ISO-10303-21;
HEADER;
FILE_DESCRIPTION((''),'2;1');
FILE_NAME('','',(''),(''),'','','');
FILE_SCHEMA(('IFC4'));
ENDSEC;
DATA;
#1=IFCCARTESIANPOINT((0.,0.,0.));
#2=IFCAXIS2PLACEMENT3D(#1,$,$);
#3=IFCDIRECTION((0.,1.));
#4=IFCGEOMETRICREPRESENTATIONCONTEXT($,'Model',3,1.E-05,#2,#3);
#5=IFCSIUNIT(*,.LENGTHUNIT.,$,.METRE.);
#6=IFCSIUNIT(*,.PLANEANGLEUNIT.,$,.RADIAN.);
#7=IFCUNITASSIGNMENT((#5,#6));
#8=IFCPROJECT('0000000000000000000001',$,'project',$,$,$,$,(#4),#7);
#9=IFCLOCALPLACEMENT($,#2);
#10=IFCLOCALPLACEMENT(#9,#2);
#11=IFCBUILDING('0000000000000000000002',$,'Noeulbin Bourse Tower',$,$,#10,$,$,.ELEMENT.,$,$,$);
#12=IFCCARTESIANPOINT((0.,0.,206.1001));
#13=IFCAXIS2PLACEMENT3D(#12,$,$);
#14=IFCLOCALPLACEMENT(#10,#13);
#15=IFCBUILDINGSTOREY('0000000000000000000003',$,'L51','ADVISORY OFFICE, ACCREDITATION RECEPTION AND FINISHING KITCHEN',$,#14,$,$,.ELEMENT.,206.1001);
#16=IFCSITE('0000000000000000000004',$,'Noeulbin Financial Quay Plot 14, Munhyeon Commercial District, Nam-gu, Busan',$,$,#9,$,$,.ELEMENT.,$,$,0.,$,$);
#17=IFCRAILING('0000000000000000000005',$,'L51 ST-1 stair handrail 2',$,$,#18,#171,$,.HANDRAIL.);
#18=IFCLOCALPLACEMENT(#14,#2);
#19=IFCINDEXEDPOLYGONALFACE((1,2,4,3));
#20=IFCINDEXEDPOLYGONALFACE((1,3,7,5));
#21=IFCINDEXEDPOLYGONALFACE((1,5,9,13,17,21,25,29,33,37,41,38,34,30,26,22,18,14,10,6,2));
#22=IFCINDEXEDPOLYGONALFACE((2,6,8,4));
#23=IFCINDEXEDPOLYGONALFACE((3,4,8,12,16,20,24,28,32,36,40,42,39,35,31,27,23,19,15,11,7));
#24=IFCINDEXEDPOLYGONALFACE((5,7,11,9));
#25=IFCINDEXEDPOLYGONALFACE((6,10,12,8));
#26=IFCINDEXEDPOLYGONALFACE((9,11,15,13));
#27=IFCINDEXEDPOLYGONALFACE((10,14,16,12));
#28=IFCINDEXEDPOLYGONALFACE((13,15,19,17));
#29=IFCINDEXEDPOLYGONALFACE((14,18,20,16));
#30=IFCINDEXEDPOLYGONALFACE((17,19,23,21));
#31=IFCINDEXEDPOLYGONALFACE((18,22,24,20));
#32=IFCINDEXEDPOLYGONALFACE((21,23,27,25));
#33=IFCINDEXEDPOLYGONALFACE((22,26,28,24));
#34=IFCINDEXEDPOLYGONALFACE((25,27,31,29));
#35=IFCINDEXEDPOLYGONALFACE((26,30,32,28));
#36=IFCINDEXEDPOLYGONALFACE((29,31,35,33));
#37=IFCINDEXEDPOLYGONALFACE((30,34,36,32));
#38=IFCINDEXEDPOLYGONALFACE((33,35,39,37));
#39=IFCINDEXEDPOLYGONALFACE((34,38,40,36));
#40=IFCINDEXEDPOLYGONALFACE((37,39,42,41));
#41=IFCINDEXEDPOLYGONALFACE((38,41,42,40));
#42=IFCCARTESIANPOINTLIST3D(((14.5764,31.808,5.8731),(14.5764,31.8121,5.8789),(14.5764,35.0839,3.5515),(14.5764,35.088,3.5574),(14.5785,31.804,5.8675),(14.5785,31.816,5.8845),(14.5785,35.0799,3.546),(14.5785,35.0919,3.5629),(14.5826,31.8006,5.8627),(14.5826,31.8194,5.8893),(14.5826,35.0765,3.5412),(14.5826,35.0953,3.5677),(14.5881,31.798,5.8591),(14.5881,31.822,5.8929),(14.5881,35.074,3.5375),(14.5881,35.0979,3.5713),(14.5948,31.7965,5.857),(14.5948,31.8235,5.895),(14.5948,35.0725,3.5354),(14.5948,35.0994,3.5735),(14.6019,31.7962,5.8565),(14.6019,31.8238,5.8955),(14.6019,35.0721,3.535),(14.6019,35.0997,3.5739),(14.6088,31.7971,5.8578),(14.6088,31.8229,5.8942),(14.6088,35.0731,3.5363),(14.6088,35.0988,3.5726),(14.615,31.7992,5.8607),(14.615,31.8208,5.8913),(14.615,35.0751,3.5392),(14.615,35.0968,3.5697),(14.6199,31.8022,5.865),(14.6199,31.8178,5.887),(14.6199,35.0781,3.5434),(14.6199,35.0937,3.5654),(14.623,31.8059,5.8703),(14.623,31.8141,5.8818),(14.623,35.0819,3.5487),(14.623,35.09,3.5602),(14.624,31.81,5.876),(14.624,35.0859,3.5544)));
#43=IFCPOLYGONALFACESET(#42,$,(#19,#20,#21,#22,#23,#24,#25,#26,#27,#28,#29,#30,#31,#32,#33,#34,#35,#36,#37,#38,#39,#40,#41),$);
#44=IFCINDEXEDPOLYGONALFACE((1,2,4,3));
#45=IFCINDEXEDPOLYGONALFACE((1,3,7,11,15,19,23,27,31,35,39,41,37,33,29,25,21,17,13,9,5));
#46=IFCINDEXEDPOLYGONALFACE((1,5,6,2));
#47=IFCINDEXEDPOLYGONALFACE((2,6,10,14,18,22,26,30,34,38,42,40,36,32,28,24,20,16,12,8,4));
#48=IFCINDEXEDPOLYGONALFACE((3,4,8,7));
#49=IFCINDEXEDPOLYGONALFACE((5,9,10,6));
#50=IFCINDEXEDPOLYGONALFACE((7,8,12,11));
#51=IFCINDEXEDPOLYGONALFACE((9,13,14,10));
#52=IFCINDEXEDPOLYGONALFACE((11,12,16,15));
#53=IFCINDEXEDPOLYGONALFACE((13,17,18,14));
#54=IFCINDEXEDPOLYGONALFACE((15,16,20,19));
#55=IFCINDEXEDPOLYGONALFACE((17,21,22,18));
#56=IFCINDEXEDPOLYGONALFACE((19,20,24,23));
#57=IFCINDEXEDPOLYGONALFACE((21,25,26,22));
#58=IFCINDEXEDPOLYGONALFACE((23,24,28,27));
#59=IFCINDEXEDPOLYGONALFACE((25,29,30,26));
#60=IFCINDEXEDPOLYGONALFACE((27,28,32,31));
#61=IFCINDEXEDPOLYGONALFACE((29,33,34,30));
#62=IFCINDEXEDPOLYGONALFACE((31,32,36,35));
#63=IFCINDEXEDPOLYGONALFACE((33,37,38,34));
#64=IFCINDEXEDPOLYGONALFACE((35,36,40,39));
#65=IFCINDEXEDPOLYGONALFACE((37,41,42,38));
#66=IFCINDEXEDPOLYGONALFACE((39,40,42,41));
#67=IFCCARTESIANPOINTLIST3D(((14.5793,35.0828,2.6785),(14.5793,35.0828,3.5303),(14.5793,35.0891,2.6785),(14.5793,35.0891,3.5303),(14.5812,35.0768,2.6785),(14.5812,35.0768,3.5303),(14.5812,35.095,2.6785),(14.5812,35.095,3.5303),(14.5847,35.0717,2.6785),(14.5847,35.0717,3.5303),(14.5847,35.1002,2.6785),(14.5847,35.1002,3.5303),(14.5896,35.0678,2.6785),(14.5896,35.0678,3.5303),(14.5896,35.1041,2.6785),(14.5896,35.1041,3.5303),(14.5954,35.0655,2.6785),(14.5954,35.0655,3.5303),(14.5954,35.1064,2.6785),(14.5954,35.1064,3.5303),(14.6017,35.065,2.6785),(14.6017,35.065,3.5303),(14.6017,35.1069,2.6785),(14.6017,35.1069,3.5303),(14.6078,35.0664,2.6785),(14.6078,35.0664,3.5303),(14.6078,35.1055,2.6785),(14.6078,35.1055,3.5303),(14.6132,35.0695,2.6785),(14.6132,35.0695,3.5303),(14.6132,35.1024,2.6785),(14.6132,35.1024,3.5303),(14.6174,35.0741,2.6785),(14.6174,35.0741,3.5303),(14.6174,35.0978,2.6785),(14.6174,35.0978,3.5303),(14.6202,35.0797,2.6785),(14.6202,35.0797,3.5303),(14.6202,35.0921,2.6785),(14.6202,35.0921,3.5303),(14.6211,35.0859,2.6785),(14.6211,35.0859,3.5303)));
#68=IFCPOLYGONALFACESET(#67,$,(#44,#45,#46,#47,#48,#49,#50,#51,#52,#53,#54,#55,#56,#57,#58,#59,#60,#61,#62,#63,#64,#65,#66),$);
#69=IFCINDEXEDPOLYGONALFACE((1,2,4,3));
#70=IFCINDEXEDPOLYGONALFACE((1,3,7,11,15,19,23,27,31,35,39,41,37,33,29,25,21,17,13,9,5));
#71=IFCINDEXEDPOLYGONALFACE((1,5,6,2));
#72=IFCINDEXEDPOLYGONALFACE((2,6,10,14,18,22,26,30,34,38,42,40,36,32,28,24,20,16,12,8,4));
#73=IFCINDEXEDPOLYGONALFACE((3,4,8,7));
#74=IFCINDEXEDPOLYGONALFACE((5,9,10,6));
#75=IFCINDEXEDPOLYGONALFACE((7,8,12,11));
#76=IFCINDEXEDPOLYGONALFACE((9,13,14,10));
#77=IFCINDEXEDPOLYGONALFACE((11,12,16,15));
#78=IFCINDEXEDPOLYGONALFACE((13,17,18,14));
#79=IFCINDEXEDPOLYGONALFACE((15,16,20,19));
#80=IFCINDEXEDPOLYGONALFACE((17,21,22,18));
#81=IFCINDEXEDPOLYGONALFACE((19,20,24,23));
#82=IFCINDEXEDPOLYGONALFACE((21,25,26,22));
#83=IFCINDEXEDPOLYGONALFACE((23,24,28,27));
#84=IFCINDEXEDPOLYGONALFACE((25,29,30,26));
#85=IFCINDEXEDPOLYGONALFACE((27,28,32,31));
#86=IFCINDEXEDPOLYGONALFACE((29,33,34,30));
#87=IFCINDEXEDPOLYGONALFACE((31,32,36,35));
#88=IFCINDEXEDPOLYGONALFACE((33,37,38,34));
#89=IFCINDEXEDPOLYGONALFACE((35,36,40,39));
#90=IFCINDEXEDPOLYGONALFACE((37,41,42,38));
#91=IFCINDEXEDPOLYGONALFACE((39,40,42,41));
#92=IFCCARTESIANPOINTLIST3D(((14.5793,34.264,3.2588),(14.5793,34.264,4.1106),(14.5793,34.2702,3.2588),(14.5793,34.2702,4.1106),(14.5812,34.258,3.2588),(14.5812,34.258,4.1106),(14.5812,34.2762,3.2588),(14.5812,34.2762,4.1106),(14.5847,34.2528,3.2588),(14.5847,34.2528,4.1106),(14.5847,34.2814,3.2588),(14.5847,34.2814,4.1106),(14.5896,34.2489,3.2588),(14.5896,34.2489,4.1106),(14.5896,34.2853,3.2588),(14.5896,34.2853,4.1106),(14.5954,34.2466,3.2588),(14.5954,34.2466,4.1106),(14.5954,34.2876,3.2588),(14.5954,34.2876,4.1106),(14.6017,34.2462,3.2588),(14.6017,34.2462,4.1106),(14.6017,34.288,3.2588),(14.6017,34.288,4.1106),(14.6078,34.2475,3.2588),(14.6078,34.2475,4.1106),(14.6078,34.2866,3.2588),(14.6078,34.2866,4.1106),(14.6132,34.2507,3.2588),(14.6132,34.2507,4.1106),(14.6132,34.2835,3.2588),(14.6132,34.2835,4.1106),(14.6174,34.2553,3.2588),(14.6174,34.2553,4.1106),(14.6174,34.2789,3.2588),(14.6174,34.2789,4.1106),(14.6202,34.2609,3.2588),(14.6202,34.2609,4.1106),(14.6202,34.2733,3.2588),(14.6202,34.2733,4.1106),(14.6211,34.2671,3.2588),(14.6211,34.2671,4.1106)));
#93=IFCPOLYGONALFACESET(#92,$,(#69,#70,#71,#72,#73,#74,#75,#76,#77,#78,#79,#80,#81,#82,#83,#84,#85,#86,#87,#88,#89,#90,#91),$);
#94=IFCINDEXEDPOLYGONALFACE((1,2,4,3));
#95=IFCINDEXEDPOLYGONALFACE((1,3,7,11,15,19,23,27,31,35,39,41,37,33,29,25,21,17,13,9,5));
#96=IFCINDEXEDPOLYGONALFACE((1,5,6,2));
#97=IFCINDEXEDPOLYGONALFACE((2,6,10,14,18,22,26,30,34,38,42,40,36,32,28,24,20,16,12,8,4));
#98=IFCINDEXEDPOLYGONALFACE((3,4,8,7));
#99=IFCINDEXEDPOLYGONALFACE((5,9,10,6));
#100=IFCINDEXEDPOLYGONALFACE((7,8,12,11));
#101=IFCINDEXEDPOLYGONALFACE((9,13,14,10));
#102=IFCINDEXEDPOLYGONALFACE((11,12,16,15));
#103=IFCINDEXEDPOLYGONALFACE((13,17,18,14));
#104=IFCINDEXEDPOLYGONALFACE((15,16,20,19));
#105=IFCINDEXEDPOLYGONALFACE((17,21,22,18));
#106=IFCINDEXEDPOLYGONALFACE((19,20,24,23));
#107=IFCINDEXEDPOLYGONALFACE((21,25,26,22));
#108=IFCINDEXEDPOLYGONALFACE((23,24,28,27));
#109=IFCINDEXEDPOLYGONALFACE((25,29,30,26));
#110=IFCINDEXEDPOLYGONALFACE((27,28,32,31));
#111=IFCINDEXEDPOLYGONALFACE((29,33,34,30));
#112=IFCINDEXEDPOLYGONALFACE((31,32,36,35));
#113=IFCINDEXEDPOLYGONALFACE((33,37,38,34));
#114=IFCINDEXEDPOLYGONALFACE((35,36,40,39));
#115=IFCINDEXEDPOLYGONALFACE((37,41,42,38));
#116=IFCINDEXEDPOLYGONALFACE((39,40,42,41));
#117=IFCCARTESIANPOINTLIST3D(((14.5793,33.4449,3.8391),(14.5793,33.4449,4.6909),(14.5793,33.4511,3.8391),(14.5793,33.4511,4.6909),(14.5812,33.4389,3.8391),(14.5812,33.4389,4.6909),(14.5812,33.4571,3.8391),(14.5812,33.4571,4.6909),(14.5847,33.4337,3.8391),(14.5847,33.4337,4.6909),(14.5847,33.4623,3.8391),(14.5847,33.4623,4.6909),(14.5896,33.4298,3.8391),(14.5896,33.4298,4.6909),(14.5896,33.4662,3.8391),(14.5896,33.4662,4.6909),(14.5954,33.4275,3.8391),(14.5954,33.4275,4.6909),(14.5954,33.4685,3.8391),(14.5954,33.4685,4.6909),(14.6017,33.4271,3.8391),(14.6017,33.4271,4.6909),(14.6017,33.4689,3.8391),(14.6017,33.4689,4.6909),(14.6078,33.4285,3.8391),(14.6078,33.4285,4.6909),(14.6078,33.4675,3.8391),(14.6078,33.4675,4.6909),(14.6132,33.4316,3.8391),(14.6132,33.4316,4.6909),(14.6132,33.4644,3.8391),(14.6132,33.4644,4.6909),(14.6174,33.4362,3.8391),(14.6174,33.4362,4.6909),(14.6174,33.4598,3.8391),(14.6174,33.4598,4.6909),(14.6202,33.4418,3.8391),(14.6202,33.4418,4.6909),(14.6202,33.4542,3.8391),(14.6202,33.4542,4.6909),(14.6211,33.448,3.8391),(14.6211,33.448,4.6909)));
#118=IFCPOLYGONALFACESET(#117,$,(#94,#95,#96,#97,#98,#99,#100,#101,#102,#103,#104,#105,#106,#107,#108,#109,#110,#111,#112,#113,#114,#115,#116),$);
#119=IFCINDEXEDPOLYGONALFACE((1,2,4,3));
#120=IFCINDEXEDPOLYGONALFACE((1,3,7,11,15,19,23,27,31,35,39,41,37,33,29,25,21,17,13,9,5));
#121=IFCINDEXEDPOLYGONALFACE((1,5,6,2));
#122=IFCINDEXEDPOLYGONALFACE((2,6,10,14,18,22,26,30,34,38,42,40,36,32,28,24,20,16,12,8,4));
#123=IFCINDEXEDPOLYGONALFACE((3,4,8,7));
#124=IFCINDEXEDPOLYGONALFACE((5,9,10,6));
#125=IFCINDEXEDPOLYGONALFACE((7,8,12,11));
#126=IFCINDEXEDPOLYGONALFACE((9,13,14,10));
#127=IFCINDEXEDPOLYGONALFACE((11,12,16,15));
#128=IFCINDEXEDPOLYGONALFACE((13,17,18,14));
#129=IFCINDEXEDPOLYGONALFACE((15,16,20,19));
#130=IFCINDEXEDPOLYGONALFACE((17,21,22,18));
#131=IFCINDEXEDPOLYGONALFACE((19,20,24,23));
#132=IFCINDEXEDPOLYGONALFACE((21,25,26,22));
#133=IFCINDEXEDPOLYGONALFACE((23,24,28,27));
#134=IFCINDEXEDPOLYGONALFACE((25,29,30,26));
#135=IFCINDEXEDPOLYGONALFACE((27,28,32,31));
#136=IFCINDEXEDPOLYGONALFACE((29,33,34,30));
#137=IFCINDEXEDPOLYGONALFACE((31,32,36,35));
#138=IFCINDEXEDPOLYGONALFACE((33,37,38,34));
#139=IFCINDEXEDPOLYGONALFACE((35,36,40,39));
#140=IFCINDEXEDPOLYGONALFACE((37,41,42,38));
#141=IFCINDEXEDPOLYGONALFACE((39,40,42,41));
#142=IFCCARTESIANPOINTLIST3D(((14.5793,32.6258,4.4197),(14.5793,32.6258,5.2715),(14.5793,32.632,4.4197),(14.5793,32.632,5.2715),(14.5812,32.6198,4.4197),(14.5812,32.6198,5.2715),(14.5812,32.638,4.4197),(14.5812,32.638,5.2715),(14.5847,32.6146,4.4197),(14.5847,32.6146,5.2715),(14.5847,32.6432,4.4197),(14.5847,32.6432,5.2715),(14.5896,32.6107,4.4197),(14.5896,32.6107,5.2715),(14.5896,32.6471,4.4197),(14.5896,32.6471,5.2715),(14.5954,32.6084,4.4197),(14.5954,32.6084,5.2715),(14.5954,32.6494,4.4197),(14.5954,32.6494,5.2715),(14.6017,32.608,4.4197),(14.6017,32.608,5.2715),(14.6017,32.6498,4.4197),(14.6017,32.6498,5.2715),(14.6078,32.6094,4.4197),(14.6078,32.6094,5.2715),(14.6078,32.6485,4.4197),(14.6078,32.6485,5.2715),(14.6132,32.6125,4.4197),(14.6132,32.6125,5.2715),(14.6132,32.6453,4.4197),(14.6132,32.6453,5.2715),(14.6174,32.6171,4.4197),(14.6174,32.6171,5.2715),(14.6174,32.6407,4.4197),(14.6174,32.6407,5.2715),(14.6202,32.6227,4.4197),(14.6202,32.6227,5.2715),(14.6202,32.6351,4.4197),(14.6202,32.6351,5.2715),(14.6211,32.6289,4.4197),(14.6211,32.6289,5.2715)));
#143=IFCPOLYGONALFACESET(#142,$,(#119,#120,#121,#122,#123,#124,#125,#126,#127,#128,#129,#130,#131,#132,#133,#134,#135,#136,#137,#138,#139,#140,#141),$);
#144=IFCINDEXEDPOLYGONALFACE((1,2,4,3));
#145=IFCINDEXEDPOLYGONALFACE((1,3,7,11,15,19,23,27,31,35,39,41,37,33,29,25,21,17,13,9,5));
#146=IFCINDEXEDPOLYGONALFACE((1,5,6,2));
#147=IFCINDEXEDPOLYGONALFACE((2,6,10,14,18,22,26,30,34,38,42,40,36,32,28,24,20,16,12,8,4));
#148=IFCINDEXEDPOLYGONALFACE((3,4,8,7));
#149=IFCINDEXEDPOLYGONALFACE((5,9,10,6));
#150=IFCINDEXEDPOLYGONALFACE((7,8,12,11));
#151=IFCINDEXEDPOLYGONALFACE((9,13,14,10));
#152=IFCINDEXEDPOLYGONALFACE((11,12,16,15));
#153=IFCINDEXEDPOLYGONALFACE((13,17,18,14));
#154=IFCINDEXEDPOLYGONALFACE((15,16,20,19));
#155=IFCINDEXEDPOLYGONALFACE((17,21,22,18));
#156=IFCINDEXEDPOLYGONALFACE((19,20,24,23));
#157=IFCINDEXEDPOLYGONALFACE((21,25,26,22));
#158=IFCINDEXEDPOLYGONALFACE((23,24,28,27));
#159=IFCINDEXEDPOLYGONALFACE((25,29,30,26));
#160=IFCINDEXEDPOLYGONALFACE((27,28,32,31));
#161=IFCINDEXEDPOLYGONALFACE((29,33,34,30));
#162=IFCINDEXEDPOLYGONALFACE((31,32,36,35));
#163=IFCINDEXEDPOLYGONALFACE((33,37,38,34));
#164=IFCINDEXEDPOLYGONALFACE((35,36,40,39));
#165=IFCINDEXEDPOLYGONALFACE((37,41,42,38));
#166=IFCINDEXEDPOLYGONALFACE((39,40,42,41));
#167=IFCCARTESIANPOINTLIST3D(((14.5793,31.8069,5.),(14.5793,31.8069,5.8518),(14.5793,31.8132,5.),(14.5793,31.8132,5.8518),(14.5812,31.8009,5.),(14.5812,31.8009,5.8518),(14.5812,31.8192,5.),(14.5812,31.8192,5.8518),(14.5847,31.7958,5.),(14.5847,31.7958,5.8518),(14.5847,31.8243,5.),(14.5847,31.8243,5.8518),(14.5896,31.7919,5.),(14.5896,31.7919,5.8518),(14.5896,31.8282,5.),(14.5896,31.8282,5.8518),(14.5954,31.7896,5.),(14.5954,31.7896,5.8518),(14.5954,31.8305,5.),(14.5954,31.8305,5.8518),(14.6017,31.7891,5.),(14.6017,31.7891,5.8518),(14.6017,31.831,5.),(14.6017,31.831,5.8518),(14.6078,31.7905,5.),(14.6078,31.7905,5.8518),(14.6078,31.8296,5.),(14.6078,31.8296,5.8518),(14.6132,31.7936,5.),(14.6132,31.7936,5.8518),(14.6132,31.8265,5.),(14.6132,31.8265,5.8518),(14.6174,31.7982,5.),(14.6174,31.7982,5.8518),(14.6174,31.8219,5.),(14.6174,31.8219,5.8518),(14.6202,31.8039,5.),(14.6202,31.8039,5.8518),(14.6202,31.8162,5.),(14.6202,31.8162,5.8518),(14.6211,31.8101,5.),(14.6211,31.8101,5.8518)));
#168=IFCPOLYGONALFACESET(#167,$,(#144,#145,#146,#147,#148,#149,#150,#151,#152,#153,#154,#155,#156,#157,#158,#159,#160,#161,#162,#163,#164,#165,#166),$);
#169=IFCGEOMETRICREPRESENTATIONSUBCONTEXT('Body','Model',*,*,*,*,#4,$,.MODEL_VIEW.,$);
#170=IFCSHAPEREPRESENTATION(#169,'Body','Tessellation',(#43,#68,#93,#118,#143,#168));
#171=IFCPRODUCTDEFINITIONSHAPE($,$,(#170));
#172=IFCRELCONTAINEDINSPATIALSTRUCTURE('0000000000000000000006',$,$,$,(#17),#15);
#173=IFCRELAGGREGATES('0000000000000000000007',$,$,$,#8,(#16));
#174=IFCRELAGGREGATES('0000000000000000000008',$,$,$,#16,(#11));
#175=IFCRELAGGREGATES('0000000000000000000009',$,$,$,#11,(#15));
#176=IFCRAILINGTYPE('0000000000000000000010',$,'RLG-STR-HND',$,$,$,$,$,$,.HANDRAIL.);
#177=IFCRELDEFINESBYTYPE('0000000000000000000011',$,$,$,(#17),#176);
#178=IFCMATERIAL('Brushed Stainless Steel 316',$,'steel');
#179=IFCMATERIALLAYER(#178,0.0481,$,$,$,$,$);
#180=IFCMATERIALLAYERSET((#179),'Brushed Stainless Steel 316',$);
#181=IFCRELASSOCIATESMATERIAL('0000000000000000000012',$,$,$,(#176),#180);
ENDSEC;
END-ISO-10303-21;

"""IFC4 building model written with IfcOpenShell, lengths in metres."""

from ifc_helpers import new_model, si_unit, direction, frame, origin, origin_2d, place, context, subcontext, project, spatial, circle, extrude, material, layer, layer_set, type_object, element, save


model = new_model("IFC4")

# Units and contexts
model_context = context("Model", 3, precision=1e-05, world=origin(), true_north=direction((0.0, 1.0)))
body_context = subcontext(model_context, "Body", "Model", "MODEL_VIEW")
ifc_project = project(units=[si_unit("LENGTHUNIT", "METRE"), si_unit("PLANEANGLEUNIT", "RADIAN")], contexts=[model_context])

# Site, building, storey
site_placement = place(None, origin())
site = spatial("IfcSite", under=ifc_project, at=site_placement, Name="Noeulbin Financial Quay Plot 14, Munhyeon Commercial District, Nam-gu, Busan", CompositionType="ELEMENT", RefElevation=0.0)
building_placement = place(site_placement, origin())
building = spatial("IfcBuilding", under=site, at=building_placement, Name="Noeulbin Bourse Tower", CompositionType="ELEMENT")
storey_placement = place(building_placement, frame((0.0, 0.0, 206.1001)))
storey = spatial("IfcBuildingStorey", under=building, at=storey_placement, Name="L51", Description="ADVISORY OFFICE, ACCREDITATION RECEPTION AND FINISHING KITCHEN", CompositionType="ELEMENT", Elevation=206.1001)

# Railing
ifc_material_1 = material(Name="Brushed Stainless Steel 316", Category="steel")
ifc_layer_1 = layer(ifc_material_1, 0.0481)
ifc_layer_set_1 = layer_set([ifc_layer_1], Name="Brushed Stainless Steel 316")
railing_type_1 = type_object("IfcRailingType", Name="RLG-STR-HND", PredefinedType="HANDRAIL", material=ifc_layer_set_1)
railing_1_placement = place(storey_placement, frame((14.6001, 35.0859, 2.6785)))
element("IfcRailing", 1, at=railing_1_placement, inside=storey, type_object=railing_type_1, Name="L51 ST-1 stair handrail 2", PredefinedType="HANDRAIL", context=body_context, shape_type="SweptSolid", body=[
    extrude(circle(Radius=0.0239, at=origin_2d()), frame((0.0, 0.0, 0.876), z_axis=(0.0, -0.815893, 0.578203), x_axis=(1.0, 0.0, 0.0)), (0.0, 0.0, 1.0), 4.0151),
    extrude(circle(Radius=0.021, at=origin_2d()), origin(), (0.0, 0.0, 1.0), 0.8518),
    extrude(circle(Radius=0.021, at=origin_2d()), frame((0.0, -0.8188, 0.5803)), (0.0, 0.0, 1.0), 0.8518),
    extrude(circle(Radius=0.021, at=origin_2d()), frame((0.0, -1.6379, 1.1606)), (0.0, 0.0, 1.0), 0.8518),
    extrude(circle(Radius=0.021, at=origin_2d()), frame((0.0, -2.457, 1.7412)), (0.0, 0.0, 1.0), 0.8518),
    extrude(circle(Radius=0.021, at=origin_2d()), frame((0.0, -3.2759, 2.3215)), (0.0, 0.0, 1.0), 0.8518),
])

save(model, "model.ifc")
